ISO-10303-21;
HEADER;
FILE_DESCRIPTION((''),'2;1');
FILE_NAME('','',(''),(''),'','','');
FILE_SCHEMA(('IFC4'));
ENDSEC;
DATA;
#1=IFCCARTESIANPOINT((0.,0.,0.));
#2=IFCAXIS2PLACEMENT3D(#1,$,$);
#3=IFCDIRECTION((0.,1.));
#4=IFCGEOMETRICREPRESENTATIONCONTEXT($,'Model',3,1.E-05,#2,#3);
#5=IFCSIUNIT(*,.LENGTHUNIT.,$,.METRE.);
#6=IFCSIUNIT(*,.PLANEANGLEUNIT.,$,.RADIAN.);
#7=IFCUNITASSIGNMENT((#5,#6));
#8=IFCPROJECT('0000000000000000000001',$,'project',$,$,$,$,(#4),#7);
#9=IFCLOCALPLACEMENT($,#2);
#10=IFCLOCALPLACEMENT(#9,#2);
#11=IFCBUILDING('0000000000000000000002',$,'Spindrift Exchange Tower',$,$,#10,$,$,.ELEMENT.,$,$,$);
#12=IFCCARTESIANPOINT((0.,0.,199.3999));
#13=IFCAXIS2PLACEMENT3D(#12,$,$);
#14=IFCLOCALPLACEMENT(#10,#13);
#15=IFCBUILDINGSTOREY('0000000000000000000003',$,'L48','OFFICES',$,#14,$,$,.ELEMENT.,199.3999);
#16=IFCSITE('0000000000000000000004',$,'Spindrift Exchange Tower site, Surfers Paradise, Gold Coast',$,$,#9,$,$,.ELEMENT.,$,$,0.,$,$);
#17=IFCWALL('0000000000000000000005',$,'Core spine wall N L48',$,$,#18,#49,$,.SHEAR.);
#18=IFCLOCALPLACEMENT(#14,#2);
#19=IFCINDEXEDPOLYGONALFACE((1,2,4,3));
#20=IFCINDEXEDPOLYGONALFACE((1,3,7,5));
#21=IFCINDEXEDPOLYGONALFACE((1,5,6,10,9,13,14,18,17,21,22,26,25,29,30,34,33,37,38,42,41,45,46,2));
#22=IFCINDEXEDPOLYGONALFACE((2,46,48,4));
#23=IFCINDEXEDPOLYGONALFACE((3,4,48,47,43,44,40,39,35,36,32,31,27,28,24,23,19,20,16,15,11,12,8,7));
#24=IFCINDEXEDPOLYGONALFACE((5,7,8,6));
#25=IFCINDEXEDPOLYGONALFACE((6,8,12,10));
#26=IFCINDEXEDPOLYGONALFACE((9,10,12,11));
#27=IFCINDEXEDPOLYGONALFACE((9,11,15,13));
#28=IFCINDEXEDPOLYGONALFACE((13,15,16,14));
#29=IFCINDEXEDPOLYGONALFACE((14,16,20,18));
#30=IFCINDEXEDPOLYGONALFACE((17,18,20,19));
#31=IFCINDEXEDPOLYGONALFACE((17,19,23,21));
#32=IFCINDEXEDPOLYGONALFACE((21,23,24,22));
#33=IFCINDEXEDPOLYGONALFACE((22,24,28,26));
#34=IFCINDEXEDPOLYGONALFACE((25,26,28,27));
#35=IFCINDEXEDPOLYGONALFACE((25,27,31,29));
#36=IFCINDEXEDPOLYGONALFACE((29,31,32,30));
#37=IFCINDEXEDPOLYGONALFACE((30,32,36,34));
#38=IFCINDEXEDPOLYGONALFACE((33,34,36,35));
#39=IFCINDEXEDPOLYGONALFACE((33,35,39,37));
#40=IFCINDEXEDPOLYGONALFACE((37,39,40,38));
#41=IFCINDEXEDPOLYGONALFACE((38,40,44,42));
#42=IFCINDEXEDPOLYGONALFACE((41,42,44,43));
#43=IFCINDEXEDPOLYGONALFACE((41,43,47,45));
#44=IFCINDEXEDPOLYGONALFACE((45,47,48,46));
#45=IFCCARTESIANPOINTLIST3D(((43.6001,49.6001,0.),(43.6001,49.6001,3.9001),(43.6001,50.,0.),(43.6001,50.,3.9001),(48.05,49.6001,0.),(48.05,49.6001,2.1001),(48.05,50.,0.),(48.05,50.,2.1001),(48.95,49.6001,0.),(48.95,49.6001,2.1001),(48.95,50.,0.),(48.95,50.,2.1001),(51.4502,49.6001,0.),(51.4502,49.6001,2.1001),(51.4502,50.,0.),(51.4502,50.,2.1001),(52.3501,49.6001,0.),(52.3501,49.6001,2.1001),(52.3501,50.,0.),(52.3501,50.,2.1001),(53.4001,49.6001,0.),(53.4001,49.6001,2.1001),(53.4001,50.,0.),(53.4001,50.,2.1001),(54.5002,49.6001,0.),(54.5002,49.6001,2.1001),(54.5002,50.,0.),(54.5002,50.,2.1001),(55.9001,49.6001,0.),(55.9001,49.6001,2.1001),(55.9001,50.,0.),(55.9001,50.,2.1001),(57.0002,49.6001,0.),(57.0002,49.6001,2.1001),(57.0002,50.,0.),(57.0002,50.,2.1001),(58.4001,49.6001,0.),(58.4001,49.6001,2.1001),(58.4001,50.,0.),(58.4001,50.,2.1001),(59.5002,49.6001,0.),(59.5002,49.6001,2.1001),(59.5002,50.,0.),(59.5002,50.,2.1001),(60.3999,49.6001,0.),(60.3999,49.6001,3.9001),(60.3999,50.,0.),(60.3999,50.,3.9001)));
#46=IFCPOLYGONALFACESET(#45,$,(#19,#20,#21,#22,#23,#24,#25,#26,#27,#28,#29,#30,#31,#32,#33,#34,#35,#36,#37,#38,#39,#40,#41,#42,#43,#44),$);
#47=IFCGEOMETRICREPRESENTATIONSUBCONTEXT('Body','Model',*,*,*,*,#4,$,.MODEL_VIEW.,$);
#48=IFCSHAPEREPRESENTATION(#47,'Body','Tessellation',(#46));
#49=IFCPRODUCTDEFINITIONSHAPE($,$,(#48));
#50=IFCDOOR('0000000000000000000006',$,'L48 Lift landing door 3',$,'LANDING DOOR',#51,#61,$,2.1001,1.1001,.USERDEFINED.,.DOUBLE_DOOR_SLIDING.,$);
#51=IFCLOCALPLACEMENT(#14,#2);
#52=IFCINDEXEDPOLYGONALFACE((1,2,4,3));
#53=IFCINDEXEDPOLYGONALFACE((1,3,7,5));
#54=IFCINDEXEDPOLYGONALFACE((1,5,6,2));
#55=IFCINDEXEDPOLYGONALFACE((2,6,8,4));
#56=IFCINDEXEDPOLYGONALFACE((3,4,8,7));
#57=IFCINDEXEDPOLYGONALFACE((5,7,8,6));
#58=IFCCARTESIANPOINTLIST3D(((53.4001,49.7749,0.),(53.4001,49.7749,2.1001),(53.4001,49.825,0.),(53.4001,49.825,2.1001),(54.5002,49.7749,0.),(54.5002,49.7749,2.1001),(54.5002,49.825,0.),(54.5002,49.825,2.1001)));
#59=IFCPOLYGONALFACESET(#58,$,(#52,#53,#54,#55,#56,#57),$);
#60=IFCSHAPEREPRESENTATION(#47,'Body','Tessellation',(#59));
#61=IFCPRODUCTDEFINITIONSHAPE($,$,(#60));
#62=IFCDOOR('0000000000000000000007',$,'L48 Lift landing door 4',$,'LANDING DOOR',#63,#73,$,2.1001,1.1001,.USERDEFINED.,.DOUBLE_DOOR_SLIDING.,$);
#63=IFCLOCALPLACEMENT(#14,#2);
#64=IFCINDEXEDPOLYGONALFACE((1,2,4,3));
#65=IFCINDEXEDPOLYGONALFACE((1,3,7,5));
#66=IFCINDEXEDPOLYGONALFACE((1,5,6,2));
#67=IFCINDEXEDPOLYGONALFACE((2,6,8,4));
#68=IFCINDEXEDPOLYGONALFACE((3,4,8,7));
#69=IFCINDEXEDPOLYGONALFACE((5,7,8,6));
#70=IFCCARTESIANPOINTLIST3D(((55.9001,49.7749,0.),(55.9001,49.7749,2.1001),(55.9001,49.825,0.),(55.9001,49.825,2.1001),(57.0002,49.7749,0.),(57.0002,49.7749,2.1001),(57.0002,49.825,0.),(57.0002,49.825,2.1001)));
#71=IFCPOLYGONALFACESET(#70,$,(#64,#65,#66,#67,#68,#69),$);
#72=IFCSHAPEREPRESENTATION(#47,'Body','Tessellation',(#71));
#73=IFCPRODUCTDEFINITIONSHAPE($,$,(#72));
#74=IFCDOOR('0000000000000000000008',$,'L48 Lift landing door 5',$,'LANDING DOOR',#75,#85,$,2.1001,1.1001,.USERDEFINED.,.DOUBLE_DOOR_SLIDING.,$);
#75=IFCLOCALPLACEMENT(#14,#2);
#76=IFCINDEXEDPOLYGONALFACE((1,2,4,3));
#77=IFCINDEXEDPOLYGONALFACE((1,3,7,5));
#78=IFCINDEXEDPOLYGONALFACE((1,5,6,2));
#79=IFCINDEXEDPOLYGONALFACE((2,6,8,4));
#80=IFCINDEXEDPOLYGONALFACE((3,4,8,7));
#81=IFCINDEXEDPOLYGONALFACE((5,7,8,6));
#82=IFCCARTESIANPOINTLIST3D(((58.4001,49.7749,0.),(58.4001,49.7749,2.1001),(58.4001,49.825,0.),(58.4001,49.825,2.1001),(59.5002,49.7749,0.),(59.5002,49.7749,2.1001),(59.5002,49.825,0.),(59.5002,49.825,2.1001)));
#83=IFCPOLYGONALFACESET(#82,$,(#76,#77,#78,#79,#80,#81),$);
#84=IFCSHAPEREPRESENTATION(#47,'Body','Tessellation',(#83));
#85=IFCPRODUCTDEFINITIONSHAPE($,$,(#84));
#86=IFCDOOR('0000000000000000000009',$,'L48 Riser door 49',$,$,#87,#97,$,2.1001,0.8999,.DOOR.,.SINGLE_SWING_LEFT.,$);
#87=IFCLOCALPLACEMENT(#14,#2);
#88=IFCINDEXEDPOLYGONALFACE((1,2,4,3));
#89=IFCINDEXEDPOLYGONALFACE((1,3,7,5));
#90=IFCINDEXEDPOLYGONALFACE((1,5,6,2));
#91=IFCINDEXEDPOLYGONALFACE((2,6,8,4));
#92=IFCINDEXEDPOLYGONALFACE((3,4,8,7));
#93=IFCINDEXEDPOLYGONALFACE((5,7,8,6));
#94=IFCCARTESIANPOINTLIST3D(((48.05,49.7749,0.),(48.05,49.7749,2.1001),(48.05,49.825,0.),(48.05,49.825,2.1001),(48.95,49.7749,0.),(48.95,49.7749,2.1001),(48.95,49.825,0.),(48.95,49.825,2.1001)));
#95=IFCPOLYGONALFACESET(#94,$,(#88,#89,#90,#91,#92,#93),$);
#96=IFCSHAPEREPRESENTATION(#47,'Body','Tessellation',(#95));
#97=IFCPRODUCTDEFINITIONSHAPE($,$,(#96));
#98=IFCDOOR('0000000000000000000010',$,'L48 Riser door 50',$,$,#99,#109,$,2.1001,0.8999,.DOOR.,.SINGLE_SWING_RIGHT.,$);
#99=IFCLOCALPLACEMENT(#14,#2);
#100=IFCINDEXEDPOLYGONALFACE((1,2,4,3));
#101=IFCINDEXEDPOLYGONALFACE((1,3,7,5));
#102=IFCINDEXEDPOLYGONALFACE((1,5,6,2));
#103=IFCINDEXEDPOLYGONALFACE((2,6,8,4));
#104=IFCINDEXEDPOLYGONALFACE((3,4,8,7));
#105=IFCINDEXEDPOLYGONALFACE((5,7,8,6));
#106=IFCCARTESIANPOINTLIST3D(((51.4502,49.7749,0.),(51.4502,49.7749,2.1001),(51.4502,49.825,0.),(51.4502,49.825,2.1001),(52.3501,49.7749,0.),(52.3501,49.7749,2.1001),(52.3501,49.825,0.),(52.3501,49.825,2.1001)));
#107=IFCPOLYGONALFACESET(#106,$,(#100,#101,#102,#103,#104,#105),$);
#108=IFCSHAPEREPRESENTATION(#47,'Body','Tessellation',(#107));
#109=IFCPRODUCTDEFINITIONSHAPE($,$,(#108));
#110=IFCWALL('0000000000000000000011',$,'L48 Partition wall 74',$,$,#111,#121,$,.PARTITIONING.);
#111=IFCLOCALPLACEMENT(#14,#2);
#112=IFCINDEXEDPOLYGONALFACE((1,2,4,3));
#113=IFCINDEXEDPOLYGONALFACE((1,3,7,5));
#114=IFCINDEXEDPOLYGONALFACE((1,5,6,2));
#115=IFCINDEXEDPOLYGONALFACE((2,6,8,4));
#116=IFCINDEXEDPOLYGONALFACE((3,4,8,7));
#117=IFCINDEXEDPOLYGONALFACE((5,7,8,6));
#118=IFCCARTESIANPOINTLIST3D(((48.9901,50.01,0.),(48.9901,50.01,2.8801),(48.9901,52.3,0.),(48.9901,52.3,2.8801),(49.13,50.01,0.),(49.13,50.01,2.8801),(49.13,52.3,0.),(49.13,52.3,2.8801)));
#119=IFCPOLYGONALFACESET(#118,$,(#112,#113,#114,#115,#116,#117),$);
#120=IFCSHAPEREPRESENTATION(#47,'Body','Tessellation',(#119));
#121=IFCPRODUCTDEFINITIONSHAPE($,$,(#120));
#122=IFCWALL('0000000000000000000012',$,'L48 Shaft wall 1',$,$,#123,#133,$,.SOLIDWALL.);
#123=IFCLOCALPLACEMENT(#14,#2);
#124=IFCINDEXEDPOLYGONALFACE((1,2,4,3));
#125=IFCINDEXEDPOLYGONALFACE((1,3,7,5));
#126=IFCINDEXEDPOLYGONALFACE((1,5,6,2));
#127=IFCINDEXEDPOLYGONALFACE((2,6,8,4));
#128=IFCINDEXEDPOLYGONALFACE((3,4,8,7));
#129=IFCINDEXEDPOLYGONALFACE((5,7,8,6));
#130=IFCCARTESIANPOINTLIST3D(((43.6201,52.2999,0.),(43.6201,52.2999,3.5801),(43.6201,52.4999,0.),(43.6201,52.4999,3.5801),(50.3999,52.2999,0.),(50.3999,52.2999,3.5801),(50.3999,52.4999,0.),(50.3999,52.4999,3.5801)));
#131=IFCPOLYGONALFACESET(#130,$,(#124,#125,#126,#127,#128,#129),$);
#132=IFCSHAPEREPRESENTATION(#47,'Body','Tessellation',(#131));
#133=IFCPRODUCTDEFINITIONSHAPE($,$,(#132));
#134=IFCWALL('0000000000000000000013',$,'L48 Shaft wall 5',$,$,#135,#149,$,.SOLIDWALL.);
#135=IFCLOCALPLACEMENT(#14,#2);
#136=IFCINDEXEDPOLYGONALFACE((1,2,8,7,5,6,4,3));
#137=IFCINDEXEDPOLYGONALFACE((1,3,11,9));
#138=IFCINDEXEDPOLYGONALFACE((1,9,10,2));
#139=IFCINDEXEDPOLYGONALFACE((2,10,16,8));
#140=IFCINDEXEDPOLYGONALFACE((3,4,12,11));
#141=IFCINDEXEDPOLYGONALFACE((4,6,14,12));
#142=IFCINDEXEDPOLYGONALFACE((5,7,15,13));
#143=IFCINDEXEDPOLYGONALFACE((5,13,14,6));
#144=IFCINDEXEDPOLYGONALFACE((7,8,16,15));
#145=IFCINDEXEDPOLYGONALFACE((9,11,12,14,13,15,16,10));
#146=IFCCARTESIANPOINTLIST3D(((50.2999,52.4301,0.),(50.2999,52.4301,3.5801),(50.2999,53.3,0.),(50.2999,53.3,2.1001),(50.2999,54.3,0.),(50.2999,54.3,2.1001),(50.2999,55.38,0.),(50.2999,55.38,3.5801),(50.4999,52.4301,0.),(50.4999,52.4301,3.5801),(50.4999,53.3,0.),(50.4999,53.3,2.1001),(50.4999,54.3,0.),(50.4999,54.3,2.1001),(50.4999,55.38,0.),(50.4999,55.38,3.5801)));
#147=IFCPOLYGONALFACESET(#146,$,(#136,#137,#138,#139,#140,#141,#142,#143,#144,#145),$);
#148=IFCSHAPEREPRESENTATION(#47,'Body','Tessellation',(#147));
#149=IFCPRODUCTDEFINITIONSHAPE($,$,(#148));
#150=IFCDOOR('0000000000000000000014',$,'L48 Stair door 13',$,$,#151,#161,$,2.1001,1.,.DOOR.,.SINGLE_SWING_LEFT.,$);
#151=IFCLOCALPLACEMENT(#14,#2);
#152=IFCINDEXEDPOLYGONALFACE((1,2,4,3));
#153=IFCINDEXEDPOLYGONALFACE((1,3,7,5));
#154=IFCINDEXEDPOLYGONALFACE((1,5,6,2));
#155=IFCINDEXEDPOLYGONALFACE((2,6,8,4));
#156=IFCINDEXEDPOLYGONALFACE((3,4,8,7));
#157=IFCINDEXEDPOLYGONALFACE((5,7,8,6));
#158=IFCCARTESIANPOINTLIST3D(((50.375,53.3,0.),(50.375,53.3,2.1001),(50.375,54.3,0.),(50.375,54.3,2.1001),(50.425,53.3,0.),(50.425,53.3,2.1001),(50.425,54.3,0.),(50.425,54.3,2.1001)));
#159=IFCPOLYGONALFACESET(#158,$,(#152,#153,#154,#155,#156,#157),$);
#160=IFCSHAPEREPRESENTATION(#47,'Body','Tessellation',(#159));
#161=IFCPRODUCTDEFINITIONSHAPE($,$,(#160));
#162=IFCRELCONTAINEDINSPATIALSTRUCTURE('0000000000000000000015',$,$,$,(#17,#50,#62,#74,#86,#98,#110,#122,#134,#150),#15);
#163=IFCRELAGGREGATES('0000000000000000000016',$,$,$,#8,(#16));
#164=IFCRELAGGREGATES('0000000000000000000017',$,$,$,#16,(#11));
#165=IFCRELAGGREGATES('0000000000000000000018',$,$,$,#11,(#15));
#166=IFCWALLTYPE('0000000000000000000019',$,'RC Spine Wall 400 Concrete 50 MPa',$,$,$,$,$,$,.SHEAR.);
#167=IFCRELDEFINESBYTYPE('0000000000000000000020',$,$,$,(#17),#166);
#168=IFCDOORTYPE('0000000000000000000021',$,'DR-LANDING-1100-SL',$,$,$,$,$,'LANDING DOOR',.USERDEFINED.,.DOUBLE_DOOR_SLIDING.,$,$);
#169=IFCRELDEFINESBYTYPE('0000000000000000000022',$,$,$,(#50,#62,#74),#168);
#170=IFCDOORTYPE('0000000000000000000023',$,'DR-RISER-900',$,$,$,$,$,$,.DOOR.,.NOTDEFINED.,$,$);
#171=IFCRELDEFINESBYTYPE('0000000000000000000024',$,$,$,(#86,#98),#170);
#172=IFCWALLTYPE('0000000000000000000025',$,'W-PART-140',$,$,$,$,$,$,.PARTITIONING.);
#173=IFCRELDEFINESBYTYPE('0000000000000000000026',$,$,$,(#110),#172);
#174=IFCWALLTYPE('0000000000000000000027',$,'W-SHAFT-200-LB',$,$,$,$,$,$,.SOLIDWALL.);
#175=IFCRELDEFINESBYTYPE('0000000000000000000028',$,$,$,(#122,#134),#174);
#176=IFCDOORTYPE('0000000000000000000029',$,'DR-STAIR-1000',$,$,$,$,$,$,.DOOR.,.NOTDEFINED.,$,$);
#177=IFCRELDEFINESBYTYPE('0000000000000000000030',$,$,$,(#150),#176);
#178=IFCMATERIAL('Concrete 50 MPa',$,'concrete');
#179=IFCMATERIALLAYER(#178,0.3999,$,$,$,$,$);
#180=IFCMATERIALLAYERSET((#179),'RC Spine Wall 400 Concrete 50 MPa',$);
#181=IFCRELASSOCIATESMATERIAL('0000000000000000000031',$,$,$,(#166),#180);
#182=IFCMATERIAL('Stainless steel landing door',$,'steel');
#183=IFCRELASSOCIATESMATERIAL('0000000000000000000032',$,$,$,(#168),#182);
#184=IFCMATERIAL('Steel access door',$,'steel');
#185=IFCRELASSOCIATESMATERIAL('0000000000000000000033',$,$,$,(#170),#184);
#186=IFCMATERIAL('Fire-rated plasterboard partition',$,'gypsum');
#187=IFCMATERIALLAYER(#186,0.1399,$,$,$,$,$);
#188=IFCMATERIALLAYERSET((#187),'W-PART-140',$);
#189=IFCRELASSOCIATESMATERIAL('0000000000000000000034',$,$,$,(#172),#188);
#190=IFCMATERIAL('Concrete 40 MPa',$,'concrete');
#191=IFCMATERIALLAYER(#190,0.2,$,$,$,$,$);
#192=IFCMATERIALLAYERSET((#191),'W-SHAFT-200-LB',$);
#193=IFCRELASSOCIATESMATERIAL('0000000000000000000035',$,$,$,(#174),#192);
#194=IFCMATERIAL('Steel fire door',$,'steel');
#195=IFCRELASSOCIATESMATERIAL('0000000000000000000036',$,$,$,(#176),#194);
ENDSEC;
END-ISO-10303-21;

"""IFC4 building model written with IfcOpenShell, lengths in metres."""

from ifc_helpers import new_model, si_unit, direction, frame, frame_2d, origin, place, context, subcontext, project, spatial, rectangle, extrude, source, transform, mapped, material, layer, layer_set, type_object, element, fill, save


model = new_model("IFC4")

# Units and contexts
model_context = context("Model", 3, precision=1e-05, world=origin(), true_north=direction((0.0, 1.0)))
body_context = subcontext(model_context, "Body", "Model", "MODEL_VIEW")
ifc_project = project(units=[si_unit("LENGTHUNIT", "METRE"), si_unit("PLANEANGLEUNIT", "RADIAN")], contexts=[model_context])

# Site, building, storey
site_placement = place(None, origin())
site = spatial("IfcSite", under=ifc_project, at=site_placement, Name="Spindrift Exchange Tower site, Surfers Paradise, Gold Coast", CompositionType="ELEMENT", RefElevation=0.0)
building_placement = place(site_placement, origin())
building = spatial("IfcBuilding", under=site, at=building_placement, Name="Spindrift Exchange Tower", CompositionType="ELEMENT")
storey_placement = place(building_placement, frame((0.0, 0.0, 199.3999)))
storey = spatial("IfcBuildingStorey", under=building, at=storey_placement, Name="L48", Description="OFFICES", CompositionType="ELEMENT", Elevation=199.3999)

# Shared definitions
ifc_material_1 = material(Name="Concrete 50 MPa", Category="concrete")

# Wall, openings, doors
ifc_layer_1 = layer(ifc_material_1, 0.3999)
ifc_layer_set_1 = layer_set([ifc_layer_1], Name="RC Spine Wall 400 Concrete 50 MPa")
wall_type_1 = type_object("IfcWallType", Name="RC Spine Wall 400 Concrete 50 MPa", PredefinedType="SHEAR", material=ifc_layer_set_1)
wall_1_placement = place(storey_placement, frame((43.6001, 49.8, 0.0), z_axis=(0.0, 0.0, 1.0), x_axis=(1.0, 0.0, 0.0)))
wall_1 = element("IfcWall", 1, at=wall_1_placement, inside=storey, type_object=wall_type_1, Name="Core spine wall N L48", PredefinedType="SHEAR", context=body_context, shape_type="SweptSolid", body=[
    extrude(rectangle(XDim=16.7998, YDim=0.3999, at=frame_2d((8.3999, 0.0))), origin(), (0.0, 0.0, 1.0), 3.9001),
])
opening_1_placement = place(wall_1_placement, frame((9.8, 0.0, 0.0)))
opening_1 = element("IfcOpeningElement", 2, at=opening_1_placement, cuts=wall_1, PredefinedType="OPENING", context=body_context, shape_type="SweptSolid", body=[
    extrude(rectangle(XDim=1.1001, YDim=2.1001, at=frame_2d((0.55, 1.05))), frame((0.0, 0.21, 0.0), z_axis=(0.0, -1.0, 0.0), x_axis=(1.0, 0.0, 0.0)), (0.0, 0.0, 1.0), 0.4199),
])
opening_2_placement = place(wall_1_placement, frame((12.3, 0.0, 0.0)))
opening_2 = element("IfcOpeningElement", 3, at=opening_2_placement, cuts=wall_1, PredefinedType="OPENING", context=body_context, shape_type="SweptSolid", body=[
    extrude(rectangle(XDim=1.1001, YDim=2.1001, at=frame_2d((0.55, 1.05))), frame((0.0, 0.21, 0.0), z_axis=(0.0, -1.0, 0.0), x_axis=(1.0, 0.0, 0.0)), (0.0, 0.0, 1.0), 0.4199),
])
opening_3_placement = place(wall_1_placement, frame((14.8, 0.0, 0.0)))
opening_3 = element("IfcOpeningElement", 4, at=opening_3_placement, cuts=wall_1, PredefinedType="OPENING", context=body_context, shape_type="SweptSolid", body=[
    extrude(rectangle(XDim=1.1001, YDim=2.1001, at=frame_2d((0.55, 1.05))), frame((0.0, 0.21, 0.0), z_axis=(0.0, -1.0, 0.0), x_axis=(1.0, 0.0, 0.0)), (0.0, 0.0, 1.0), 0.4199),
])
opening_4_placement = place(wall_1_placement, frame((4.45, 0.0, 0.0)))
opening_4 = element("IfcOpeningElement", 5, at=opening_4_placement, cuts=wall_1, PredefinedType="OPENING", context=body_context, shape_type="SweptSolid", body=[
    extrude(rectangle(XDim=0.8999, YDim=2.1001, at=frame_2d((0.45, 1.05))), frame((0.0, 0.21, 0.0), z_axis=(0.0, -1.0, 0.0), x_axis=(1.0, 0.0, 0.0)), (0.0, 0.0, 1.0), 0.4199),
])
opening_5_placement = place(wall_1_placement, frame((7.8501, 0.0, 0.0)))
opening_5 = element("IfcOpeningElement", 6, at=opening_5_placement, cuts=wall_1, PredefinedType="OPENING", context=body_context, shape_type="SweptSolid", body=[
    extrude(rectangle(XDim=0.8999, YDim=2.1001, at=frame_2d((0.45, 1.05))), frame((0.0, 0.21, 0.0), z_axis=(0.0, -1.0, 0.0), x_axis=(1.0, 0.0, 0.0)), (0.0, 0.0, 1.0), 0.4199),
])
ifc_material_2 = material(Name="Stainless steel landing door", Category="steel")
door_type_1 = type_object("IfcDoorType", Name="DR-LANDING-1100-SL", ElementType="LANDING DOOR", OperationType="DOUBLE_DOOR_SLIDING", PredefinedType="USERDEFINED", material=ifc_material_2)
shared_shape_1 = source(origin(), body_context, "Body", "SweptSolid", [
    extrude(rectangle(XDim=1.1001, YDim=2.1001, at=frame_2d((0.55, 1.05))), frame((0.0, 0.0249, 0.0), z_axis=(0.0, -1.0, 0.0), x_axis=(1.0, 0.0, 0.0)), (0.0, 0.0, 1.0), 0.05),
])
door_1_placement = place(opening_1_placement, origin())
door_1 = element("IfcDoor", 7, at=door_1_placement, inside=storey, type_object=door_type_1, Name="L48 Lift landing door 3", ObjectType="LANDING DOOR", OperationType="DOUBLE_DOOR_SLIDING", OverallHeight=2.1001, OverallWidth=1.1001, PredefinedType="USERDEFINED", context=body_context, shape_type="MappedRepresentation", body=[
    mapped(shared_shape_1, transform((0.0, 0.0, 0.0), scale=1.0)),
])
fill(opening_1, door_1)
door_2_placement = place(opening_2_placement, origin())
door_2 = element("IfcDoor", 8, at=door_2_placement, inside=storey, type_object=door_type_1, Name="L48 Lift landing door 4", ObjectType="LANDING DOOR", OperationType="DOUBLE_DOOR_SLIDING", OverallHeight=2.1001, OverallWidth=1.1001, PredefinedType="USERDEFINED", context=body_context, shape_type="MappedRepresentation", body=[
    mapped(shared_shape_1, transform((0.0, 0.0, 0.0), scale=1.0)),
])
fill(opening_2, door_2)
door_3_placement = place(opening_3_placement, origin())
door_3 = element("IfcDoor", 9, at=door_3_placement, inside=storey, type_object=door_type_1, Name="L48 Lift landing door 5", ObjectType="LANDING DOOR", OperationType="DOUBLE_DOOR_SLIDING", OverallHeight=2.1001, OverallWidth=1.1001, PredefinedType="USERDEFINED", context=body_context, shape_type="MappedRepresentation", body=[
    mapped(shared_shape_1, transform((0.0, 0.0, 0.0), scale=1.0)),
])
fill(opening_3, door_3)
ifc_material_3 = material(Name="Steel access door", Category="steel")
door_type_2 = type_object("IfcDoorType", Name="DR-RISER-900", OperationType="NOTDEFINED", PredefinedType="DOOR", material=ifc_material_3)
shared_shape_2 = source(origin(), body_context, "Body", "SweptSolid", [
    extrude(rectangle(XDim=0.8999, YDim=2.1001, at=frame_2d((0.45, 1.05))), frame((0.0, 0.0249, 0.0), z_axis=(0.0, -1.0, 0.0), x_axis=(1.0, 0.0, 0.0)), (0.0, 0.0, 1.0), 0.05),
])
door_4_placement = place(opening_4_placement, origin())
door_4 = element("IfcDoor", 10, at=door_4_placement, inside=storey, type_object=door_type_2, Name="L48 Riser door 49", OperationType="SINGLE_SWING_LEFT", OverallHeight=2.1001, OverallWidth=0.8999, PredefinedType="DOOR", context=body_context, shape_type="MappedRepresentation", body=[
    mapped(shared_shape_2, transform((0.0, 0.0, 0.0), scale=1.0)),
])
fill(opening_4, door_4)
door_5_placement = place(opening_5_placement, origin())
door_5 = element("IfcDoor", 11, at=door_5_placement, inside=storey, type_object=door_type_2, Name="L48 Riser door 50", OperationType="SINGLE_SWING_RIGHT", OverallHeight=2.1001, OverallWidth=0.8999, PredefinedType="DOOR", context=body_context, shape_type="MappedRepresentation", body=[
    mapped(shared_shape_2, transform((0.0, 0.0, 0.0), scale=1.0)),
])
fill(opening_5, door_5)

# Walls
ifc_material_4 = material(Name="Fire-rated plasterboard partition", Category="gypsum")
ifc_layer_2 = layer(ifc_material_4, 0.1399)
ifc_layer_set_2 = layer_set([ifc_layer_2], Name="W-PART-140")
wall_type_2 = type_object("IfcWallType", Name="W-PART-140", PredefinedType="PARTITIONING", material=ifc_layer_set_2)
wall_2_placement = place(storey_placement, frame((49.0601, 50.01, 0.0), z_axis=(0.0, 0.0, 1.0), x_axis=(0.0, 1.0, 0.0)))
element("IfcWall", 12, at=wall_2_placement, inside=storey, type_object=wall_type_2, Name="L48 Partition wall 74", PredefinedType="PARTITIONING", context=body_context, shape_type="SweptSolid", body=[
    extrude(rectangle(XDim=2.29, YDim=0.1399, at=frame_2d((1.145, 0.0))), origin(), (0.0, 0.0, 1.0), 2.8801),
])
ifc_material_5 = material(Name="Concrete 40 MPa", Category="concrete")
ifc_layer_3 = layer(ifc_material_5, 0.2)
ifc_layer_set_3 = layer_set([ifc_layer_3], Name="W-SHAFT-200-LB")
wall_type_3 = type_object("IfcWallType", Name="W-SHAFT-200-LB", PredefinedType="SOLIDWALL", material=ifc_layer_set_3)
wall_3_placement = place(storey_placement, frame((43.6201, 52.3999, 0.0), z_axis=(0.0, 0.0, 1.0), x_axis=(1.0, 0.0, 0.0)))
element("IfcWall", 13, at=wall_3_placement, inside=storey, type_object=wall_type_3, Name="L48 Shaft wall 1", PredefinedType="SOLIDWALL", context=body_context, shape_type="SweptSolid", body=[
    extrude(rectangle(XDim=6.7798, YDim=0.2, at=frame_2d((3.3899, 0.0))), origin(), (0.0, 0.0, 1.0), 3.5801),
])

# Wall, opening, door
wall_4_placement = place(storey_placement, frame((50.3999, 52.4299, 0.0), z_axis=(0.0, 0.0, 1.0), x_axis=(0.0, 1.0, 0.0)))
wall_4 = element("IfcWall", 14, at=wall_4_placement, inside=storey, type_object=wall_type_3, Name="L48 Shaft wall 5", PredefinedType="SOLIDWALL", context=body_context, shape_type="SweptSolid", body=[
    extrude(rectangle(XDim=2.95, YDim=0.2, at=frame_2d((1.4751, 0.0))), origin(), (0.0, 0.0, 1.0), 3.5801),
])
opening_6_placement = place(wall_4_placement, frame((0.8701, 0.0, 0.0)))
opening_6 = element("IfcOpeningElement", 15, at=opening_6_placement, cuts=wall_4, PredefinedType="OPENING", context=body_context, shape_type="SweptSolid", body=[
    extrude(rectangle(XDim=1.0, YDim=2.1001, at=frame_2d((0.5, 1.05))), frame((0.0, 0.1099, 0.0), z_axis=(0.0, -1.0, 0.0), x_axis=(1.0, 0.0, 0.0)), (0.0, 0.0, 1.0), 0.22),
])
ifc_material_6 = material(Name="Steel fire door", Category="steel")
door_type_3 = type_object("IfcDoorType", Name="DR-STAIR-1000", OperationType="NOTDEFINED", PredefinedType="DOOR", material=ifc_material_6)
shared_shape_3 = source(origin(), body_context, "Body", "SweptSolid", [
    extrude(rectangle(XDim=1.0, YDim=2.1001, at=frame_2d((0.5, 1.05))), frame((0.0, 0.0249, 0.0), z_axis=(0.0, -1.0, 0.0), x_axis=(1.0, 0.0, 0.0)), (0.0, 0.0, 1.0), 0.05),
])
door_6_placement = place(opening_6_placement, origin())
door_6 = element("IfcDoor", 16, at=door_6_placement, inside=storey, type_object=door_type_3, Name="L48 Stair door 13", OperationType="SINGLE_SWING_LEFT", OverallHeight=2.1001, OverallWidth=1.0, PredefinedType="DOOR", context=body_context, shape_type="MappedRepresentation", body=[
    mapped(shared_shape_3, transform((0.0, 0.0, 0.0), scale=1.0)),
])
fill(opening_6, door_6)

save(model, "model.ifc")
